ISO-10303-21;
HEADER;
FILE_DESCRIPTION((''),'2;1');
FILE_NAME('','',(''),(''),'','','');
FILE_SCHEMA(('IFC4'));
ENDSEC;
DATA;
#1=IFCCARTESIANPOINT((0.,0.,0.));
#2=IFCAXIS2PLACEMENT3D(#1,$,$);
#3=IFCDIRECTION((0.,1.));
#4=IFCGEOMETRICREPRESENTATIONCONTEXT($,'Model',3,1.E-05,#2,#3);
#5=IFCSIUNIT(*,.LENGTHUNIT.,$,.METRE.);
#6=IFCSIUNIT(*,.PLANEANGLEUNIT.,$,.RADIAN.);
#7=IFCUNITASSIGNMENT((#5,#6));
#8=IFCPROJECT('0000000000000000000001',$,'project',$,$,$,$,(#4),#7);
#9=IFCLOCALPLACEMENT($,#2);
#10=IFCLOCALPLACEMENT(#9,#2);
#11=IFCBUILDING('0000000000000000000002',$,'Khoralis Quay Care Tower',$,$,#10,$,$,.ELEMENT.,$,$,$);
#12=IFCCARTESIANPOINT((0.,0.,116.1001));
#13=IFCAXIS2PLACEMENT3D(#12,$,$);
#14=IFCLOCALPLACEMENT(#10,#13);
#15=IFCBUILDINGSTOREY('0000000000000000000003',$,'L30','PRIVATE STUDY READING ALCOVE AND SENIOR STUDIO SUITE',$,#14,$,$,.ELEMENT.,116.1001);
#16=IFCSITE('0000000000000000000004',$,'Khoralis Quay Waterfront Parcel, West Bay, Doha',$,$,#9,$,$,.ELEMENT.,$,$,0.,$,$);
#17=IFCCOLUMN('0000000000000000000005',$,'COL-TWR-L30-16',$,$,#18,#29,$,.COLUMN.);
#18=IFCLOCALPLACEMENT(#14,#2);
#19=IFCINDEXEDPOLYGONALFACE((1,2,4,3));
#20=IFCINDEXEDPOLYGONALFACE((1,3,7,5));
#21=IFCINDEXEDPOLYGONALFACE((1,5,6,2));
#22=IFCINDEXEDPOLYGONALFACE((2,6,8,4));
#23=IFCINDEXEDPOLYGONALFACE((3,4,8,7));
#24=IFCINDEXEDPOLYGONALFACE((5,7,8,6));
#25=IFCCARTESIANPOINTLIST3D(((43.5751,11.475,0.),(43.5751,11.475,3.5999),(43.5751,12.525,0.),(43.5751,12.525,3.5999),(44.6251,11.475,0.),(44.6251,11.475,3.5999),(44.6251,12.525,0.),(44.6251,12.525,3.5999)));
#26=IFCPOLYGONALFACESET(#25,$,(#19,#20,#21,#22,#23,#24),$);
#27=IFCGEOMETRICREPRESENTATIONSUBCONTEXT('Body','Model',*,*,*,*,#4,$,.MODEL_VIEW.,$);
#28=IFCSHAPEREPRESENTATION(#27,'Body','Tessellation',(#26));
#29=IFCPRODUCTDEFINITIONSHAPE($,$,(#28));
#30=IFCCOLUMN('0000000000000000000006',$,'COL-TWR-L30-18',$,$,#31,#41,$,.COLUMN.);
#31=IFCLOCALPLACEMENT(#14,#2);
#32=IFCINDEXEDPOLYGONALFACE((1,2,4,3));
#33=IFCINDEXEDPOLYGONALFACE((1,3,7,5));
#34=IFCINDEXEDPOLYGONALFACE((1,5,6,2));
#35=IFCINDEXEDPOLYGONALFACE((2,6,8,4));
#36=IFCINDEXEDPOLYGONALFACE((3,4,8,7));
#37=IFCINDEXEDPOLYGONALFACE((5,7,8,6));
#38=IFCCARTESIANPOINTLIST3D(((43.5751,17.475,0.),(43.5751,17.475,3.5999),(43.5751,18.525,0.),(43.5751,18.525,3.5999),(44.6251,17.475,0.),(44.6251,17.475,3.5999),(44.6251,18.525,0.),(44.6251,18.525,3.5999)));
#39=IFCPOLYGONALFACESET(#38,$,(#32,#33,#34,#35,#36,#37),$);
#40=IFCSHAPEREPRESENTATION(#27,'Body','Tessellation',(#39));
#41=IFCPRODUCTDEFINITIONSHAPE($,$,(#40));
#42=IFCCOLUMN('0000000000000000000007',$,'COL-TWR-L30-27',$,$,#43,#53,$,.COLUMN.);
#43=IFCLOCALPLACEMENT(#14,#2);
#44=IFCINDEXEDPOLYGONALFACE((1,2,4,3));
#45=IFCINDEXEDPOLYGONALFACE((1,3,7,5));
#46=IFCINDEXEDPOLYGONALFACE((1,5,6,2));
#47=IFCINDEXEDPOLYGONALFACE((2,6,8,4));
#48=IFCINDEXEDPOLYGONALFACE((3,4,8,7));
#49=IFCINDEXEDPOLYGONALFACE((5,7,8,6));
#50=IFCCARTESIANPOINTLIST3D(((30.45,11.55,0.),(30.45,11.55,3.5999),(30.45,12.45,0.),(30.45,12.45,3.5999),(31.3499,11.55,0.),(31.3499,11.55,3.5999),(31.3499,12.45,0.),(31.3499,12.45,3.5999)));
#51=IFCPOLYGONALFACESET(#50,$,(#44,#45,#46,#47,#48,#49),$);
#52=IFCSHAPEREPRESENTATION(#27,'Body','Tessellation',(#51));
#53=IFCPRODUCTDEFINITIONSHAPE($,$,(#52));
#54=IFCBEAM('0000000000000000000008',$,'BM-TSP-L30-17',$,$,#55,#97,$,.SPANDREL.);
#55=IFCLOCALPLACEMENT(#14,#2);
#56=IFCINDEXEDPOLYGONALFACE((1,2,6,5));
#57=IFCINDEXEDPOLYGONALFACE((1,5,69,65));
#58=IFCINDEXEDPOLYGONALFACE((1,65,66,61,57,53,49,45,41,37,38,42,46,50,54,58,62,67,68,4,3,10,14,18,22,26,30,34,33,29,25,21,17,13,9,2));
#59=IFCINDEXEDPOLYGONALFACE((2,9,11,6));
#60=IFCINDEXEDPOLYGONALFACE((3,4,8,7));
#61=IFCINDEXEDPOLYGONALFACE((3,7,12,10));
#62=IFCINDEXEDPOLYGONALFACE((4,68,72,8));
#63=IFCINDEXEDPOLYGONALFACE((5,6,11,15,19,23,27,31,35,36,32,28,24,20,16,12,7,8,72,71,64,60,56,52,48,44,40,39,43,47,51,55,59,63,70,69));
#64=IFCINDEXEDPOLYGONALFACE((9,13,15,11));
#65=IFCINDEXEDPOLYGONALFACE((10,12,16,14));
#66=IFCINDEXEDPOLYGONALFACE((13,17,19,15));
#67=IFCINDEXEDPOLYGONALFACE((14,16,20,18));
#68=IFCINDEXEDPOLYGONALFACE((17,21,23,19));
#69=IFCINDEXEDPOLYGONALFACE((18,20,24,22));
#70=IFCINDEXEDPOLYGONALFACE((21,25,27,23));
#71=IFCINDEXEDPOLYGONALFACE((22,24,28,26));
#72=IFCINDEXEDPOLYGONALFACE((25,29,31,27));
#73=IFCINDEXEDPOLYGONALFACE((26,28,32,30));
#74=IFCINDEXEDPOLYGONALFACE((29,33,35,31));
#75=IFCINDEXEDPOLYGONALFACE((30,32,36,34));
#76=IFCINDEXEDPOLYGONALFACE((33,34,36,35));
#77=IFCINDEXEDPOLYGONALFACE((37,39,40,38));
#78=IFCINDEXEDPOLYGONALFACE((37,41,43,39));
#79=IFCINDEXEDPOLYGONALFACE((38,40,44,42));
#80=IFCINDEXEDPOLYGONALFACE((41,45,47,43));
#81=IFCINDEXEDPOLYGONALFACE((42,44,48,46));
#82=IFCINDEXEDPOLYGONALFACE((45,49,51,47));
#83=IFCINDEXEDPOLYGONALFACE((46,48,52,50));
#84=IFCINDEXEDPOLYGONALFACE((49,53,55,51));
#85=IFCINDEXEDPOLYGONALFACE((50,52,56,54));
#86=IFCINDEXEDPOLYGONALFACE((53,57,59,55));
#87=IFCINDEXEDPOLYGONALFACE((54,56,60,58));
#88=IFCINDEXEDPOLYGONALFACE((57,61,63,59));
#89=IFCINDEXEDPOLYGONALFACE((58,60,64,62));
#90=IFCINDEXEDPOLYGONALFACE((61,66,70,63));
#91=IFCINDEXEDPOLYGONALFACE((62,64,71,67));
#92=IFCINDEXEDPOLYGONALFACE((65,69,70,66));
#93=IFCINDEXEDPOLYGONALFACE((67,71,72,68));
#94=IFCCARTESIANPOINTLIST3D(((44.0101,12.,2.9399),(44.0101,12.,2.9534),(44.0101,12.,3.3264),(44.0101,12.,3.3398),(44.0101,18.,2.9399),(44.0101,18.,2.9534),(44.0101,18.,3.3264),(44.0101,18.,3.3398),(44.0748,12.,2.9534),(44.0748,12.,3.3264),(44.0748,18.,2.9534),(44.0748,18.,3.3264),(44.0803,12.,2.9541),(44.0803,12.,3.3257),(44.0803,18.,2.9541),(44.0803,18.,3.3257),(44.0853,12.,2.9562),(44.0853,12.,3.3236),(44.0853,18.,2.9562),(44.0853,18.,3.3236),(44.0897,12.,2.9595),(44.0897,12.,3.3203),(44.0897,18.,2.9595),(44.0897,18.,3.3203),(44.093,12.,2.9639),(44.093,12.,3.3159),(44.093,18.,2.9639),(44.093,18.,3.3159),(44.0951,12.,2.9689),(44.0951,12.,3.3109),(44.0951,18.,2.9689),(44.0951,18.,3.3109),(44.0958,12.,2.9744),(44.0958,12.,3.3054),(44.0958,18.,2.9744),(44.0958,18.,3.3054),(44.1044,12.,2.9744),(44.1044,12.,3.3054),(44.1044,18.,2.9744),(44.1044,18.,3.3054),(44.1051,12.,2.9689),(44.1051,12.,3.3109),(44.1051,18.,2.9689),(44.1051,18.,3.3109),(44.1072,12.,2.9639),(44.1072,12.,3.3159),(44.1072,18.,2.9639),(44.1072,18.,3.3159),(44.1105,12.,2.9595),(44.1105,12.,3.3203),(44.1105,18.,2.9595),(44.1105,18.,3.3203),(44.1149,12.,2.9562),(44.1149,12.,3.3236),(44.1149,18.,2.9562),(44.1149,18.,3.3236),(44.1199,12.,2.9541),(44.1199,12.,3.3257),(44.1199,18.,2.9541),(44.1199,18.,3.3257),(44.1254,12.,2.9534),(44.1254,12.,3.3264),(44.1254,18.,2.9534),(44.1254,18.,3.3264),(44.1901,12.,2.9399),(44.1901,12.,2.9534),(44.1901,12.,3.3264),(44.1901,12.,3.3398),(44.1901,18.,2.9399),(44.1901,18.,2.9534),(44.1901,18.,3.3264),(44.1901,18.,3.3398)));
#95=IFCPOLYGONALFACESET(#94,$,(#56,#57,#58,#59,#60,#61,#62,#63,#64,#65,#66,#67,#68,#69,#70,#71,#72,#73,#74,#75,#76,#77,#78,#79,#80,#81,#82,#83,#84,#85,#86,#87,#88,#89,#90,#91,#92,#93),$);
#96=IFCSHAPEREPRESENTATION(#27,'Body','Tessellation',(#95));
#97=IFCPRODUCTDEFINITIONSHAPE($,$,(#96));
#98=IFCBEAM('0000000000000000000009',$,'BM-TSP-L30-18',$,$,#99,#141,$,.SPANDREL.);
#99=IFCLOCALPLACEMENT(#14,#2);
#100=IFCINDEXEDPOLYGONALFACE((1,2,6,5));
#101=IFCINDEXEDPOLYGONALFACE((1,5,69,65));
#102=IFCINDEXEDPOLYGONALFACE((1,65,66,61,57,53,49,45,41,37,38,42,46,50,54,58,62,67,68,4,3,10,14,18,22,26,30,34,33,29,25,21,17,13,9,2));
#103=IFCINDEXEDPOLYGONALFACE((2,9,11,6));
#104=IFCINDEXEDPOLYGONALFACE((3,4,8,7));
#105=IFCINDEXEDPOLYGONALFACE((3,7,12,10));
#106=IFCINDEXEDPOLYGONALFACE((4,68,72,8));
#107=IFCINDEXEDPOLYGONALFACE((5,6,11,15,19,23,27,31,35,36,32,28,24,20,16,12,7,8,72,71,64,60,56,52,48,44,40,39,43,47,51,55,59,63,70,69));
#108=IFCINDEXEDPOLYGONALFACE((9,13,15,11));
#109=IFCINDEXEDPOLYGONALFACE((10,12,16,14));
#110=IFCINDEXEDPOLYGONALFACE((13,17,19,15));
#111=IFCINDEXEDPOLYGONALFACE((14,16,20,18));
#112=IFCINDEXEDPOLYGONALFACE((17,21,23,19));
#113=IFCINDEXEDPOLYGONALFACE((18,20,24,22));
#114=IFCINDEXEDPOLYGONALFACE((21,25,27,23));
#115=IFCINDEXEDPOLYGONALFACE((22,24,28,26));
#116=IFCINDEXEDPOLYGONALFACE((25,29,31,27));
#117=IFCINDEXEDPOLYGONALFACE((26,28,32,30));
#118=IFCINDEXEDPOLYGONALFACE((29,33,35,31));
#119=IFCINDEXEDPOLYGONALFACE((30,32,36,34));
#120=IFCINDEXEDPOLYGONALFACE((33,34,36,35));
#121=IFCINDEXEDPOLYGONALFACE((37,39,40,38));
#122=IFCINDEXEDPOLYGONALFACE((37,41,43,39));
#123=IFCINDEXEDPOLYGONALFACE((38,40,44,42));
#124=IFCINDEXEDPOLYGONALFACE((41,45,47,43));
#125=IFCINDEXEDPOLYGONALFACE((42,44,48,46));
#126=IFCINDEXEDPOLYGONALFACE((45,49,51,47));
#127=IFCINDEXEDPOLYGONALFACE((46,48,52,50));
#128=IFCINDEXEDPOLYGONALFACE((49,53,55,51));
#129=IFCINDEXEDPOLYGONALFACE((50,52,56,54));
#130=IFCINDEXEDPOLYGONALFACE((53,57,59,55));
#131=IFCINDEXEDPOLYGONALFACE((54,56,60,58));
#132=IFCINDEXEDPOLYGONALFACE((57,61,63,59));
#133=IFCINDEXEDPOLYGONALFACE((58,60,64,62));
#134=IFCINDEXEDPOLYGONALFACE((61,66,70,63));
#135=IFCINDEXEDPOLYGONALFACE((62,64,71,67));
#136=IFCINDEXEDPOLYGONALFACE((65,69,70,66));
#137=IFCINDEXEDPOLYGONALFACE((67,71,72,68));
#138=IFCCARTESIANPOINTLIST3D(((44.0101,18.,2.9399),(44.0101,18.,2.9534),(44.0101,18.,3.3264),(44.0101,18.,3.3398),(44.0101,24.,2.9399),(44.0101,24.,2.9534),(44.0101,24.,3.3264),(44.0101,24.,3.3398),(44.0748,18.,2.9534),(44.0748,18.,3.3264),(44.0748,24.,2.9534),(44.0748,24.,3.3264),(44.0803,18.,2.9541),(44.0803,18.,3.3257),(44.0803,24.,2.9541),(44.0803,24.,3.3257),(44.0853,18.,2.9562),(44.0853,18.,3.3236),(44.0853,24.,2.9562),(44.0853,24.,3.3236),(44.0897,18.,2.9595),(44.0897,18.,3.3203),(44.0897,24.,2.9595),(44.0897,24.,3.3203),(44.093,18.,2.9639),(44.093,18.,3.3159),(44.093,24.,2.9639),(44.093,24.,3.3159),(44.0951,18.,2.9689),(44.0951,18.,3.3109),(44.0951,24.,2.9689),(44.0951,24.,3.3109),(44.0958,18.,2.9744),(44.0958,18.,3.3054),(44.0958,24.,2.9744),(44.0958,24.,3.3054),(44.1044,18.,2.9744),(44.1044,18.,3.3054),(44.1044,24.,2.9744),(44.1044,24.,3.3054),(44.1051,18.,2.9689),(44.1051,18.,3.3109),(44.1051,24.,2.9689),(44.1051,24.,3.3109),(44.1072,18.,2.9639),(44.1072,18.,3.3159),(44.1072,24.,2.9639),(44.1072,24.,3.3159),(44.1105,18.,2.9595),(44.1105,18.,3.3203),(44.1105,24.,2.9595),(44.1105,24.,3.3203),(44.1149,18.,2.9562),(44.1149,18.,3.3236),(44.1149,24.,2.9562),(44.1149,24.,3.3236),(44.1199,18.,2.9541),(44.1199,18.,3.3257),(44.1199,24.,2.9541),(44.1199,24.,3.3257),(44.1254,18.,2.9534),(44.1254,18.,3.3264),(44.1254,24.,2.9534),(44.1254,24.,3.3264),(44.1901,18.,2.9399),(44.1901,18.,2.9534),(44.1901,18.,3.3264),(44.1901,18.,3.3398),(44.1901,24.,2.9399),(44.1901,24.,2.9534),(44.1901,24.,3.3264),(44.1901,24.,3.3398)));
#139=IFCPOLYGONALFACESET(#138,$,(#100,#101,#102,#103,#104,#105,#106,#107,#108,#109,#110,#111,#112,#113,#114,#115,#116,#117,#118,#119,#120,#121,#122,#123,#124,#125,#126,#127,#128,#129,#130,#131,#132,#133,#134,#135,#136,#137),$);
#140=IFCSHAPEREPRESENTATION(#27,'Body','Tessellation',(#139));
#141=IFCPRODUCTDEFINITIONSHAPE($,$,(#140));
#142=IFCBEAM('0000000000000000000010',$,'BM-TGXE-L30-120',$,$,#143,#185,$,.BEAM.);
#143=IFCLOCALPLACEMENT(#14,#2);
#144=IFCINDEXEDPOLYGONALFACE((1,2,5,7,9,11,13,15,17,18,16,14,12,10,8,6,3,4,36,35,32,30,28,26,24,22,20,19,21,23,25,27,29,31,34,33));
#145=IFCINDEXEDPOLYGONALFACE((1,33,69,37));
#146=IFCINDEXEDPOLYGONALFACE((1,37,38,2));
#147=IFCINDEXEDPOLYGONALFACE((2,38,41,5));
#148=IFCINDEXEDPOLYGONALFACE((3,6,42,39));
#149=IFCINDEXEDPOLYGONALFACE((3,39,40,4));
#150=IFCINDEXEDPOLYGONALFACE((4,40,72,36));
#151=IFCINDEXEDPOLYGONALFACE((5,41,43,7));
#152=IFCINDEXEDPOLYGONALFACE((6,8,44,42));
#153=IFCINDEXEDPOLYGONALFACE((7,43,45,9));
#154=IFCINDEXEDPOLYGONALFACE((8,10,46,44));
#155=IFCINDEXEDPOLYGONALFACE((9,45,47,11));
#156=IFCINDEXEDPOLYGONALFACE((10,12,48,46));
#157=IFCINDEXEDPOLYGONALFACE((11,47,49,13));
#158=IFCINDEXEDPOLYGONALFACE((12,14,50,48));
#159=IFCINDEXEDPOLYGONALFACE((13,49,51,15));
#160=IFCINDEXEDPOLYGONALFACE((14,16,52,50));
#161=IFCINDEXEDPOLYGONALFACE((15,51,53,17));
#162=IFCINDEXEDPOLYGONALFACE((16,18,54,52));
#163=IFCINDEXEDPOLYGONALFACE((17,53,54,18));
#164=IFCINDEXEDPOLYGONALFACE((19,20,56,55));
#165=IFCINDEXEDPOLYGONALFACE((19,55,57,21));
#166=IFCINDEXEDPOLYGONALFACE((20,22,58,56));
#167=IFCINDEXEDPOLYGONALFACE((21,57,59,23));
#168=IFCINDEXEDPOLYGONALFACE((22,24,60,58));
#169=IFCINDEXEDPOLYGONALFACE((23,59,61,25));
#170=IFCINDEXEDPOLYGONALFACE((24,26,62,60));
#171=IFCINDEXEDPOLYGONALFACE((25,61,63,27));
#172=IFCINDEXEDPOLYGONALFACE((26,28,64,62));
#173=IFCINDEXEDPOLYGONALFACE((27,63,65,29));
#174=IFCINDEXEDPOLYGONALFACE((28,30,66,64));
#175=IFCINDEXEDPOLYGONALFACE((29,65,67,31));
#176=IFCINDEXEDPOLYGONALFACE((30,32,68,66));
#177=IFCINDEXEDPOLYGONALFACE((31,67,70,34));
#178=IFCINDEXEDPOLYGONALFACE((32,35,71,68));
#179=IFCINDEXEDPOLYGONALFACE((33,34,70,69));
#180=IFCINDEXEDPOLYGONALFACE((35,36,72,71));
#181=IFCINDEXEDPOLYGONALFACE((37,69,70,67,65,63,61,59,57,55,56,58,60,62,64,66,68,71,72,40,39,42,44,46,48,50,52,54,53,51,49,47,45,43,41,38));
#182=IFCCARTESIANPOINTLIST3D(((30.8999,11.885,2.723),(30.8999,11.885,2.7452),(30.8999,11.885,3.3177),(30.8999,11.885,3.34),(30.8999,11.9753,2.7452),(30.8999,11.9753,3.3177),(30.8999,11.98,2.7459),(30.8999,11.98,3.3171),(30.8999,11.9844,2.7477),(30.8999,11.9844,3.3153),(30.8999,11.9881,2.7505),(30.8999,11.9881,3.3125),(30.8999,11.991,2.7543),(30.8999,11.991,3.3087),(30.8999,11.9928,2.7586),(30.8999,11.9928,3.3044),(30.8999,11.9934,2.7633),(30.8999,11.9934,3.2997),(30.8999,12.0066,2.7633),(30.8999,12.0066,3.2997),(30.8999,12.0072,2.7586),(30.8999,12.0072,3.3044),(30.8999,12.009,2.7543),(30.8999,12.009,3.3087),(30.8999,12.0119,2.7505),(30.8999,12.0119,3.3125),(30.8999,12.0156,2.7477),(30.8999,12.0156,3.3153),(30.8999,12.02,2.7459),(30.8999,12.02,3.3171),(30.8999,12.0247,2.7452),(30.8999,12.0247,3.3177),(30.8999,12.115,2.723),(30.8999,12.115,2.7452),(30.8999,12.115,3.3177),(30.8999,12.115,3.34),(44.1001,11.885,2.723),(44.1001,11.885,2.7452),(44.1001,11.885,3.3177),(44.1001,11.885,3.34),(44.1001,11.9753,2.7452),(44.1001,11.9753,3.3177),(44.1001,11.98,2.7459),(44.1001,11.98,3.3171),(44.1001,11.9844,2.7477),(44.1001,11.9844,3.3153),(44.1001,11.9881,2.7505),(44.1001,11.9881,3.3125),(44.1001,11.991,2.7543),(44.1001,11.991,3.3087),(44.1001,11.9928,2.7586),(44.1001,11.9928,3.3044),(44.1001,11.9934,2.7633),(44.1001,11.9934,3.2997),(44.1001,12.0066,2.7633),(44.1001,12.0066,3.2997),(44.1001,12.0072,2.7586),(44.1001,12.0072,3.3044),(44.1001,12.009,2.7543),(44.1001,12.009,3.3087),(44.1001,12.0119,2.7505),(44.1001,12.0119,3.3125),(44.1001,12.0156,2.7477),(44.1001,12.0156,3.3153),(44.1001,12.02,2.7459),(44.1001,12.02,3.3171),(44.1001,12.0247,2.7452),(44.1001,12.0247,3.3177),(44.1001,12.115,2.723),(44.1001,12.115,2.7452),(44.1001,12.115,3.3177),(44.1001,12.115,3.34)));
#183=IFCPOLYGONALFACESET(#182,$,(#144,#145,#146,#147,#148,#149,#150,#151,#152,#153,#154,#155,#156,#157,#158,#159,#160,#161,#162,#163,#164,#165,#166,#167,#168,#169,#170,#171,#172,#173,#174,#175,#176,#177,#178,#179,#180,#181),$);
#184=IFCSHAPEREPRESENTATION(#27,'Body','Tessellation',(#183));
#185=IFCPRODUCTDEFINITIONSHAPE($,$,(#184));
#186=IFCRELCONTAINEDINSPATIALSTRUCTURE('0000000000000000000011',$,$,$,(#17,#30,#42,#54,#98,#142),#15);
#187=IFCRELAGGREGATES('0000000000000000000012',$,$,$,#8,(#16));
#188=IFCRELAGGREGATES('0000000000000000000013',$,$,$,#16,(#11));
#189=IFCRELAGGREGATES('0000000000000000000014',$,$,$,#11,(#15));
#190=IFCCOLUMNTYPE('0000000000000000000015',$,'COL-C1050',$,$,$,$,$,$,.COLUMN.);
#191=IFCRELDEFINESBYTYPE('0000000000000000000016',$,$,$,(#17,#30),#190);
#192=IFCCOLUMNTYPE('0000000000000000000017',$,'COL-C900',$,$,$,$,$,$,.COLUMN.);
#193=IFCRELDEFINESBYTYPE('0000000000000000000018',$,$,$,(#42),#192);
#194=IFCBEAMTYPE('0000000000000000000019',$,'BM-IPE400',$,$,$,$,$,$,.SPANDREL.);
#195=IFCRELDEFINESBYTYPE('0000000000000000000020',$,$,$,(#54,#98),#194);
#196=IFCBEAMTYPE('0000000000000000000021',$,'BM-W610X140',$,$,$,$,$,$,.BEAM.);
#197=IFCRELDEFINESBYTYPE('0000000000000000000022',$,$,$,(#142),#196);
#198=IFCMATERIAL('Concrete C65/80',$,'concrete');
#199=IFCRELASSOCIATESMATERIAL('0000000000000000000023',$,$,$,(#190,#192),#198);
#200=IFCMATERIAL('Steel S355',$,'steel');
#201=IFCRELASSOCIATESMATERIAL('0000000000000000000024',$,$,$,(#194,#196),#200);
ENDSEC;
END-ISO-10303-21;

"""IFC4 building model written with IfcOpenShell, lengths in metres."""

from ifc_helpers import new_model, si_unit, direction, frame, origin, origin_2d, place, context, subcontext, project, spatial, rectangle, i_section, extrude, source, transform, mapped, material, material_profile, profile_set, type_object, element, save


model = new_model("IFC4")

# Units and contexts
model_context = context("Model", 3, precision=1e-05, world=origin(), true_north=direction((0.0, 1.0)))
body_context = subcontext(model_context, "Body", "Model", "MODEL_VIEW")
ifc_project = project(units=[si_unit("LENGTHUNIT", "METRE"), si_unit("PLANEANGLEUNIT", "RADIAN")], contexts=[model_context])

# Site, building, storey
site_placement = place(None, origin())
site = spatial("IfcSite", under=ifc_project, at=site_placement, Name="Khoralis Quay Waterfront Parcel, West Bay, Doha", CompositionType="ELEMENT", RefElevation=0.0)
building_placement = place(site_placement, origin())
building = spatial("IfcBuilding", under=site, at=building_placement, Name="Khoralis Quay Care Tower", CompositionType="ELEMENT")
storey_placement = place(building_placement, frame((0.0, 0.0, 116.1001)))
storey = spatial("IfcBuildingStorey", under=building, at=storey_placement, Name="L30", Description="PRIVATE STUDY READING ALCOVE AND SENIOR STUDIO SUITE", CompositionType="ELEMENT", Elevation=116.1001)

# Columns
ifc_material_1 = material(Name="Concrete C65/80", Category="concrete")
ifc_material_profile_1 = material_profile(ifc_material_1, rectangle(XDim=1.05, YDim=1.05, at=origin_2d()), Name="Concrete C65/80")
ifc_profile_set_1 = profile_set([ifc_material_profile_1], Name="Concrete C65/80")
column_type_1 = type_object("IfcColumnType", Name="COL-C1050", PredefinedType="COLUMN", material=ifc_profile_set_1)
shared_shape_1 = source(origin(), body_context, "Body", "SweptSolid", [
    extrude(rectangle(XDim=1.05, YDim=1.05, at=origin_2d()), origin(), (0.0, 0.0, 1.0), 3.5999),
])
for number, where, z_axis, x_axis, name in (
    (1, (44.1001, 12.0, 0.0), (0.0, 0.0, 1.0), (1.0, 0.0, 0.0), "COL-TWR-L30-16"),
    (2, (44.1001, 18.0, 0.0), (0.0, 0.0, 1.0), (1.0, 0.0, 0.0), "COL-TWR-L30-18"),
):
    element("IfcColumn", number, at=place(storey_placement, frame(where, z_axis=z_axis, x_axis=x_axis)), inside=storey, type_object=column_type_1, Name=name, PredefinedType="COLUMN", context=body_context, shape_type="MappedRepresentation", body=[
        mapped(shared_shape_1, transform((0.0, 0.0, 0.0), scale=1.0)),
    ])
ifc_material_profile_2 = material_profile(ifc_material_1, rectangle(XDim=0.8999, YDim=0.8999, at=origin_2d()), Name="Concrete C65/80")
ifc_profile_set_2 = profile_set([ifc_material_profile_2], Name="Concrete C65/80")
column_type_2 = type_object("IfcColumnType", Name="COL-C900", PredefinedType="COLUMN", material=ifc_profile_set_2)
shared_shape_2 = source(origin(), body_context, "Body", "SweptSolid", [
    extrude(rectangle(XDim=0.8999, YDim=0.8999, at=origin_2d()), origin(), (0.0, 0.0, 1.0), 3.5999),
])
column_placement = place(storey_placement, frame((30.8999, 12.0, 0.0), z_axis=(0.0, 0.0, 1.0), x_axis=(1.0, 0.0, 0.0)))
element("IfcColumn", 3, at=column_placement, inside=storey, type_object=column_type_2, Name="COL-TWR-L30-27", PredefinedType="COLUMN", context=body_context, shape_type="MappedRepresentation", body=[
    mapped(shared_shape_2, transform((0.0, 0.0, 0.0), scale=1.0)),
])

# Beams
ifc_material_2 = material(Name="Steel S355", Category="steel")
ifc_material_profile_3 = material_profile(ifc_material_2, i_section(OverallWidth=0.1799, OverallDepth=0.3999, WebThickness=0.0085, FlangeThickness=0.0134, FilletRadius=0.021, at=origin_2d()), Name="Steel S355")
ifc_profile_set_3 = profile_set([ifc_material_profile_3], Name="Steel S355")
beam_type_1 = type_object("IfcBeamType", Name="BM-IPE400", PredefinedType="SPANDREL", material=ifc_profile_set_3)
shared_shape_3 = source(origin(), body_context, "Body", "SweptSolid", [
    extrude(i_section(OverallWidth=0.1799, OverallDepth=0.3999, WebThickness=0.0085, FlangeThickness=0.0134, FilletRadius=0.021, at=origin_2d()), origin(), (0.0, 0.0, 1.0), 6.0),
])
for number, where, z_axis, x_axis, name in (
    (4, (44.1001, 12.0, 3.1399), (0.0, 1.0, 0.0), (-1.0, 0.0, 0.0), "BM-TSP-L30-17"),
    (5, (44.1001, 18.0, 3.1399), (0.0, 1.0, 0.0), (-1.0, 0.0, 0.0), "BM-TSP-L30-18"),
):
    element("IfcBeam", number, at=place(storey_placement, frame(where, z_axis=z_axis, x_axis=x_axis)), inside=storey, type_object=beam_type_1, Name=name, PredefinedType="SPANDREL", context=body_context, shape_type="MappedRepresentation", body=[
        mapped(shared_shape_3, transform((0.0, 0.0, 0.0), scale=1.0)),
    ])
ifc_material_profile_4 = material_profile(ifc_material_2, i_section(OverallWidth=0.23, OverallDepth=0.6169, WebThickness=0.0132, FlangeThickness=0.0222, FilletRadius=0.0181, at=origin_2d()), Name="Steel S355")
ifc_profile_set_4 = profile_set([ifc_material_profile_4], Name="Steel S355")
beam_type_2 = type_object("IfcBeamType", Name="BM-W610X140", PredefinedType="BEAM", material=ifc_profile_set_4)
shared_shape_4 = source(origin(), body_context, "Body", "SweptSolid", [
    extrude(i_section(OverallWidth=0.23, OverallDepth=0.6169, WebThickness=0.0132, FlangeThickness=0.0222, FilletRadius=0.0181, at=origin_2d()), origin(), (0.0, 0.0, 1.0), 13.2002),
])
beam_1_placement = place(storey_placement, frame((30.8999, 12.0, 3.0315), z_axis=(1.0, 0.0, 0.0), x_axis=(0.0, 1.0, 0.0)))
element("IfcBeam", 6, at=beam_1_placement, inside=storey, type_object=beam_type_2, Name="BM-TGXE-L30-120", PredefinedType="BEAM", context=body_context, shape_type="MappedRepresentation", body=[
    mapped(shared_shape_4, transform((0.0, 0.0, 0.0), scale=1.0)),
])

save(model, "model.ifc")
